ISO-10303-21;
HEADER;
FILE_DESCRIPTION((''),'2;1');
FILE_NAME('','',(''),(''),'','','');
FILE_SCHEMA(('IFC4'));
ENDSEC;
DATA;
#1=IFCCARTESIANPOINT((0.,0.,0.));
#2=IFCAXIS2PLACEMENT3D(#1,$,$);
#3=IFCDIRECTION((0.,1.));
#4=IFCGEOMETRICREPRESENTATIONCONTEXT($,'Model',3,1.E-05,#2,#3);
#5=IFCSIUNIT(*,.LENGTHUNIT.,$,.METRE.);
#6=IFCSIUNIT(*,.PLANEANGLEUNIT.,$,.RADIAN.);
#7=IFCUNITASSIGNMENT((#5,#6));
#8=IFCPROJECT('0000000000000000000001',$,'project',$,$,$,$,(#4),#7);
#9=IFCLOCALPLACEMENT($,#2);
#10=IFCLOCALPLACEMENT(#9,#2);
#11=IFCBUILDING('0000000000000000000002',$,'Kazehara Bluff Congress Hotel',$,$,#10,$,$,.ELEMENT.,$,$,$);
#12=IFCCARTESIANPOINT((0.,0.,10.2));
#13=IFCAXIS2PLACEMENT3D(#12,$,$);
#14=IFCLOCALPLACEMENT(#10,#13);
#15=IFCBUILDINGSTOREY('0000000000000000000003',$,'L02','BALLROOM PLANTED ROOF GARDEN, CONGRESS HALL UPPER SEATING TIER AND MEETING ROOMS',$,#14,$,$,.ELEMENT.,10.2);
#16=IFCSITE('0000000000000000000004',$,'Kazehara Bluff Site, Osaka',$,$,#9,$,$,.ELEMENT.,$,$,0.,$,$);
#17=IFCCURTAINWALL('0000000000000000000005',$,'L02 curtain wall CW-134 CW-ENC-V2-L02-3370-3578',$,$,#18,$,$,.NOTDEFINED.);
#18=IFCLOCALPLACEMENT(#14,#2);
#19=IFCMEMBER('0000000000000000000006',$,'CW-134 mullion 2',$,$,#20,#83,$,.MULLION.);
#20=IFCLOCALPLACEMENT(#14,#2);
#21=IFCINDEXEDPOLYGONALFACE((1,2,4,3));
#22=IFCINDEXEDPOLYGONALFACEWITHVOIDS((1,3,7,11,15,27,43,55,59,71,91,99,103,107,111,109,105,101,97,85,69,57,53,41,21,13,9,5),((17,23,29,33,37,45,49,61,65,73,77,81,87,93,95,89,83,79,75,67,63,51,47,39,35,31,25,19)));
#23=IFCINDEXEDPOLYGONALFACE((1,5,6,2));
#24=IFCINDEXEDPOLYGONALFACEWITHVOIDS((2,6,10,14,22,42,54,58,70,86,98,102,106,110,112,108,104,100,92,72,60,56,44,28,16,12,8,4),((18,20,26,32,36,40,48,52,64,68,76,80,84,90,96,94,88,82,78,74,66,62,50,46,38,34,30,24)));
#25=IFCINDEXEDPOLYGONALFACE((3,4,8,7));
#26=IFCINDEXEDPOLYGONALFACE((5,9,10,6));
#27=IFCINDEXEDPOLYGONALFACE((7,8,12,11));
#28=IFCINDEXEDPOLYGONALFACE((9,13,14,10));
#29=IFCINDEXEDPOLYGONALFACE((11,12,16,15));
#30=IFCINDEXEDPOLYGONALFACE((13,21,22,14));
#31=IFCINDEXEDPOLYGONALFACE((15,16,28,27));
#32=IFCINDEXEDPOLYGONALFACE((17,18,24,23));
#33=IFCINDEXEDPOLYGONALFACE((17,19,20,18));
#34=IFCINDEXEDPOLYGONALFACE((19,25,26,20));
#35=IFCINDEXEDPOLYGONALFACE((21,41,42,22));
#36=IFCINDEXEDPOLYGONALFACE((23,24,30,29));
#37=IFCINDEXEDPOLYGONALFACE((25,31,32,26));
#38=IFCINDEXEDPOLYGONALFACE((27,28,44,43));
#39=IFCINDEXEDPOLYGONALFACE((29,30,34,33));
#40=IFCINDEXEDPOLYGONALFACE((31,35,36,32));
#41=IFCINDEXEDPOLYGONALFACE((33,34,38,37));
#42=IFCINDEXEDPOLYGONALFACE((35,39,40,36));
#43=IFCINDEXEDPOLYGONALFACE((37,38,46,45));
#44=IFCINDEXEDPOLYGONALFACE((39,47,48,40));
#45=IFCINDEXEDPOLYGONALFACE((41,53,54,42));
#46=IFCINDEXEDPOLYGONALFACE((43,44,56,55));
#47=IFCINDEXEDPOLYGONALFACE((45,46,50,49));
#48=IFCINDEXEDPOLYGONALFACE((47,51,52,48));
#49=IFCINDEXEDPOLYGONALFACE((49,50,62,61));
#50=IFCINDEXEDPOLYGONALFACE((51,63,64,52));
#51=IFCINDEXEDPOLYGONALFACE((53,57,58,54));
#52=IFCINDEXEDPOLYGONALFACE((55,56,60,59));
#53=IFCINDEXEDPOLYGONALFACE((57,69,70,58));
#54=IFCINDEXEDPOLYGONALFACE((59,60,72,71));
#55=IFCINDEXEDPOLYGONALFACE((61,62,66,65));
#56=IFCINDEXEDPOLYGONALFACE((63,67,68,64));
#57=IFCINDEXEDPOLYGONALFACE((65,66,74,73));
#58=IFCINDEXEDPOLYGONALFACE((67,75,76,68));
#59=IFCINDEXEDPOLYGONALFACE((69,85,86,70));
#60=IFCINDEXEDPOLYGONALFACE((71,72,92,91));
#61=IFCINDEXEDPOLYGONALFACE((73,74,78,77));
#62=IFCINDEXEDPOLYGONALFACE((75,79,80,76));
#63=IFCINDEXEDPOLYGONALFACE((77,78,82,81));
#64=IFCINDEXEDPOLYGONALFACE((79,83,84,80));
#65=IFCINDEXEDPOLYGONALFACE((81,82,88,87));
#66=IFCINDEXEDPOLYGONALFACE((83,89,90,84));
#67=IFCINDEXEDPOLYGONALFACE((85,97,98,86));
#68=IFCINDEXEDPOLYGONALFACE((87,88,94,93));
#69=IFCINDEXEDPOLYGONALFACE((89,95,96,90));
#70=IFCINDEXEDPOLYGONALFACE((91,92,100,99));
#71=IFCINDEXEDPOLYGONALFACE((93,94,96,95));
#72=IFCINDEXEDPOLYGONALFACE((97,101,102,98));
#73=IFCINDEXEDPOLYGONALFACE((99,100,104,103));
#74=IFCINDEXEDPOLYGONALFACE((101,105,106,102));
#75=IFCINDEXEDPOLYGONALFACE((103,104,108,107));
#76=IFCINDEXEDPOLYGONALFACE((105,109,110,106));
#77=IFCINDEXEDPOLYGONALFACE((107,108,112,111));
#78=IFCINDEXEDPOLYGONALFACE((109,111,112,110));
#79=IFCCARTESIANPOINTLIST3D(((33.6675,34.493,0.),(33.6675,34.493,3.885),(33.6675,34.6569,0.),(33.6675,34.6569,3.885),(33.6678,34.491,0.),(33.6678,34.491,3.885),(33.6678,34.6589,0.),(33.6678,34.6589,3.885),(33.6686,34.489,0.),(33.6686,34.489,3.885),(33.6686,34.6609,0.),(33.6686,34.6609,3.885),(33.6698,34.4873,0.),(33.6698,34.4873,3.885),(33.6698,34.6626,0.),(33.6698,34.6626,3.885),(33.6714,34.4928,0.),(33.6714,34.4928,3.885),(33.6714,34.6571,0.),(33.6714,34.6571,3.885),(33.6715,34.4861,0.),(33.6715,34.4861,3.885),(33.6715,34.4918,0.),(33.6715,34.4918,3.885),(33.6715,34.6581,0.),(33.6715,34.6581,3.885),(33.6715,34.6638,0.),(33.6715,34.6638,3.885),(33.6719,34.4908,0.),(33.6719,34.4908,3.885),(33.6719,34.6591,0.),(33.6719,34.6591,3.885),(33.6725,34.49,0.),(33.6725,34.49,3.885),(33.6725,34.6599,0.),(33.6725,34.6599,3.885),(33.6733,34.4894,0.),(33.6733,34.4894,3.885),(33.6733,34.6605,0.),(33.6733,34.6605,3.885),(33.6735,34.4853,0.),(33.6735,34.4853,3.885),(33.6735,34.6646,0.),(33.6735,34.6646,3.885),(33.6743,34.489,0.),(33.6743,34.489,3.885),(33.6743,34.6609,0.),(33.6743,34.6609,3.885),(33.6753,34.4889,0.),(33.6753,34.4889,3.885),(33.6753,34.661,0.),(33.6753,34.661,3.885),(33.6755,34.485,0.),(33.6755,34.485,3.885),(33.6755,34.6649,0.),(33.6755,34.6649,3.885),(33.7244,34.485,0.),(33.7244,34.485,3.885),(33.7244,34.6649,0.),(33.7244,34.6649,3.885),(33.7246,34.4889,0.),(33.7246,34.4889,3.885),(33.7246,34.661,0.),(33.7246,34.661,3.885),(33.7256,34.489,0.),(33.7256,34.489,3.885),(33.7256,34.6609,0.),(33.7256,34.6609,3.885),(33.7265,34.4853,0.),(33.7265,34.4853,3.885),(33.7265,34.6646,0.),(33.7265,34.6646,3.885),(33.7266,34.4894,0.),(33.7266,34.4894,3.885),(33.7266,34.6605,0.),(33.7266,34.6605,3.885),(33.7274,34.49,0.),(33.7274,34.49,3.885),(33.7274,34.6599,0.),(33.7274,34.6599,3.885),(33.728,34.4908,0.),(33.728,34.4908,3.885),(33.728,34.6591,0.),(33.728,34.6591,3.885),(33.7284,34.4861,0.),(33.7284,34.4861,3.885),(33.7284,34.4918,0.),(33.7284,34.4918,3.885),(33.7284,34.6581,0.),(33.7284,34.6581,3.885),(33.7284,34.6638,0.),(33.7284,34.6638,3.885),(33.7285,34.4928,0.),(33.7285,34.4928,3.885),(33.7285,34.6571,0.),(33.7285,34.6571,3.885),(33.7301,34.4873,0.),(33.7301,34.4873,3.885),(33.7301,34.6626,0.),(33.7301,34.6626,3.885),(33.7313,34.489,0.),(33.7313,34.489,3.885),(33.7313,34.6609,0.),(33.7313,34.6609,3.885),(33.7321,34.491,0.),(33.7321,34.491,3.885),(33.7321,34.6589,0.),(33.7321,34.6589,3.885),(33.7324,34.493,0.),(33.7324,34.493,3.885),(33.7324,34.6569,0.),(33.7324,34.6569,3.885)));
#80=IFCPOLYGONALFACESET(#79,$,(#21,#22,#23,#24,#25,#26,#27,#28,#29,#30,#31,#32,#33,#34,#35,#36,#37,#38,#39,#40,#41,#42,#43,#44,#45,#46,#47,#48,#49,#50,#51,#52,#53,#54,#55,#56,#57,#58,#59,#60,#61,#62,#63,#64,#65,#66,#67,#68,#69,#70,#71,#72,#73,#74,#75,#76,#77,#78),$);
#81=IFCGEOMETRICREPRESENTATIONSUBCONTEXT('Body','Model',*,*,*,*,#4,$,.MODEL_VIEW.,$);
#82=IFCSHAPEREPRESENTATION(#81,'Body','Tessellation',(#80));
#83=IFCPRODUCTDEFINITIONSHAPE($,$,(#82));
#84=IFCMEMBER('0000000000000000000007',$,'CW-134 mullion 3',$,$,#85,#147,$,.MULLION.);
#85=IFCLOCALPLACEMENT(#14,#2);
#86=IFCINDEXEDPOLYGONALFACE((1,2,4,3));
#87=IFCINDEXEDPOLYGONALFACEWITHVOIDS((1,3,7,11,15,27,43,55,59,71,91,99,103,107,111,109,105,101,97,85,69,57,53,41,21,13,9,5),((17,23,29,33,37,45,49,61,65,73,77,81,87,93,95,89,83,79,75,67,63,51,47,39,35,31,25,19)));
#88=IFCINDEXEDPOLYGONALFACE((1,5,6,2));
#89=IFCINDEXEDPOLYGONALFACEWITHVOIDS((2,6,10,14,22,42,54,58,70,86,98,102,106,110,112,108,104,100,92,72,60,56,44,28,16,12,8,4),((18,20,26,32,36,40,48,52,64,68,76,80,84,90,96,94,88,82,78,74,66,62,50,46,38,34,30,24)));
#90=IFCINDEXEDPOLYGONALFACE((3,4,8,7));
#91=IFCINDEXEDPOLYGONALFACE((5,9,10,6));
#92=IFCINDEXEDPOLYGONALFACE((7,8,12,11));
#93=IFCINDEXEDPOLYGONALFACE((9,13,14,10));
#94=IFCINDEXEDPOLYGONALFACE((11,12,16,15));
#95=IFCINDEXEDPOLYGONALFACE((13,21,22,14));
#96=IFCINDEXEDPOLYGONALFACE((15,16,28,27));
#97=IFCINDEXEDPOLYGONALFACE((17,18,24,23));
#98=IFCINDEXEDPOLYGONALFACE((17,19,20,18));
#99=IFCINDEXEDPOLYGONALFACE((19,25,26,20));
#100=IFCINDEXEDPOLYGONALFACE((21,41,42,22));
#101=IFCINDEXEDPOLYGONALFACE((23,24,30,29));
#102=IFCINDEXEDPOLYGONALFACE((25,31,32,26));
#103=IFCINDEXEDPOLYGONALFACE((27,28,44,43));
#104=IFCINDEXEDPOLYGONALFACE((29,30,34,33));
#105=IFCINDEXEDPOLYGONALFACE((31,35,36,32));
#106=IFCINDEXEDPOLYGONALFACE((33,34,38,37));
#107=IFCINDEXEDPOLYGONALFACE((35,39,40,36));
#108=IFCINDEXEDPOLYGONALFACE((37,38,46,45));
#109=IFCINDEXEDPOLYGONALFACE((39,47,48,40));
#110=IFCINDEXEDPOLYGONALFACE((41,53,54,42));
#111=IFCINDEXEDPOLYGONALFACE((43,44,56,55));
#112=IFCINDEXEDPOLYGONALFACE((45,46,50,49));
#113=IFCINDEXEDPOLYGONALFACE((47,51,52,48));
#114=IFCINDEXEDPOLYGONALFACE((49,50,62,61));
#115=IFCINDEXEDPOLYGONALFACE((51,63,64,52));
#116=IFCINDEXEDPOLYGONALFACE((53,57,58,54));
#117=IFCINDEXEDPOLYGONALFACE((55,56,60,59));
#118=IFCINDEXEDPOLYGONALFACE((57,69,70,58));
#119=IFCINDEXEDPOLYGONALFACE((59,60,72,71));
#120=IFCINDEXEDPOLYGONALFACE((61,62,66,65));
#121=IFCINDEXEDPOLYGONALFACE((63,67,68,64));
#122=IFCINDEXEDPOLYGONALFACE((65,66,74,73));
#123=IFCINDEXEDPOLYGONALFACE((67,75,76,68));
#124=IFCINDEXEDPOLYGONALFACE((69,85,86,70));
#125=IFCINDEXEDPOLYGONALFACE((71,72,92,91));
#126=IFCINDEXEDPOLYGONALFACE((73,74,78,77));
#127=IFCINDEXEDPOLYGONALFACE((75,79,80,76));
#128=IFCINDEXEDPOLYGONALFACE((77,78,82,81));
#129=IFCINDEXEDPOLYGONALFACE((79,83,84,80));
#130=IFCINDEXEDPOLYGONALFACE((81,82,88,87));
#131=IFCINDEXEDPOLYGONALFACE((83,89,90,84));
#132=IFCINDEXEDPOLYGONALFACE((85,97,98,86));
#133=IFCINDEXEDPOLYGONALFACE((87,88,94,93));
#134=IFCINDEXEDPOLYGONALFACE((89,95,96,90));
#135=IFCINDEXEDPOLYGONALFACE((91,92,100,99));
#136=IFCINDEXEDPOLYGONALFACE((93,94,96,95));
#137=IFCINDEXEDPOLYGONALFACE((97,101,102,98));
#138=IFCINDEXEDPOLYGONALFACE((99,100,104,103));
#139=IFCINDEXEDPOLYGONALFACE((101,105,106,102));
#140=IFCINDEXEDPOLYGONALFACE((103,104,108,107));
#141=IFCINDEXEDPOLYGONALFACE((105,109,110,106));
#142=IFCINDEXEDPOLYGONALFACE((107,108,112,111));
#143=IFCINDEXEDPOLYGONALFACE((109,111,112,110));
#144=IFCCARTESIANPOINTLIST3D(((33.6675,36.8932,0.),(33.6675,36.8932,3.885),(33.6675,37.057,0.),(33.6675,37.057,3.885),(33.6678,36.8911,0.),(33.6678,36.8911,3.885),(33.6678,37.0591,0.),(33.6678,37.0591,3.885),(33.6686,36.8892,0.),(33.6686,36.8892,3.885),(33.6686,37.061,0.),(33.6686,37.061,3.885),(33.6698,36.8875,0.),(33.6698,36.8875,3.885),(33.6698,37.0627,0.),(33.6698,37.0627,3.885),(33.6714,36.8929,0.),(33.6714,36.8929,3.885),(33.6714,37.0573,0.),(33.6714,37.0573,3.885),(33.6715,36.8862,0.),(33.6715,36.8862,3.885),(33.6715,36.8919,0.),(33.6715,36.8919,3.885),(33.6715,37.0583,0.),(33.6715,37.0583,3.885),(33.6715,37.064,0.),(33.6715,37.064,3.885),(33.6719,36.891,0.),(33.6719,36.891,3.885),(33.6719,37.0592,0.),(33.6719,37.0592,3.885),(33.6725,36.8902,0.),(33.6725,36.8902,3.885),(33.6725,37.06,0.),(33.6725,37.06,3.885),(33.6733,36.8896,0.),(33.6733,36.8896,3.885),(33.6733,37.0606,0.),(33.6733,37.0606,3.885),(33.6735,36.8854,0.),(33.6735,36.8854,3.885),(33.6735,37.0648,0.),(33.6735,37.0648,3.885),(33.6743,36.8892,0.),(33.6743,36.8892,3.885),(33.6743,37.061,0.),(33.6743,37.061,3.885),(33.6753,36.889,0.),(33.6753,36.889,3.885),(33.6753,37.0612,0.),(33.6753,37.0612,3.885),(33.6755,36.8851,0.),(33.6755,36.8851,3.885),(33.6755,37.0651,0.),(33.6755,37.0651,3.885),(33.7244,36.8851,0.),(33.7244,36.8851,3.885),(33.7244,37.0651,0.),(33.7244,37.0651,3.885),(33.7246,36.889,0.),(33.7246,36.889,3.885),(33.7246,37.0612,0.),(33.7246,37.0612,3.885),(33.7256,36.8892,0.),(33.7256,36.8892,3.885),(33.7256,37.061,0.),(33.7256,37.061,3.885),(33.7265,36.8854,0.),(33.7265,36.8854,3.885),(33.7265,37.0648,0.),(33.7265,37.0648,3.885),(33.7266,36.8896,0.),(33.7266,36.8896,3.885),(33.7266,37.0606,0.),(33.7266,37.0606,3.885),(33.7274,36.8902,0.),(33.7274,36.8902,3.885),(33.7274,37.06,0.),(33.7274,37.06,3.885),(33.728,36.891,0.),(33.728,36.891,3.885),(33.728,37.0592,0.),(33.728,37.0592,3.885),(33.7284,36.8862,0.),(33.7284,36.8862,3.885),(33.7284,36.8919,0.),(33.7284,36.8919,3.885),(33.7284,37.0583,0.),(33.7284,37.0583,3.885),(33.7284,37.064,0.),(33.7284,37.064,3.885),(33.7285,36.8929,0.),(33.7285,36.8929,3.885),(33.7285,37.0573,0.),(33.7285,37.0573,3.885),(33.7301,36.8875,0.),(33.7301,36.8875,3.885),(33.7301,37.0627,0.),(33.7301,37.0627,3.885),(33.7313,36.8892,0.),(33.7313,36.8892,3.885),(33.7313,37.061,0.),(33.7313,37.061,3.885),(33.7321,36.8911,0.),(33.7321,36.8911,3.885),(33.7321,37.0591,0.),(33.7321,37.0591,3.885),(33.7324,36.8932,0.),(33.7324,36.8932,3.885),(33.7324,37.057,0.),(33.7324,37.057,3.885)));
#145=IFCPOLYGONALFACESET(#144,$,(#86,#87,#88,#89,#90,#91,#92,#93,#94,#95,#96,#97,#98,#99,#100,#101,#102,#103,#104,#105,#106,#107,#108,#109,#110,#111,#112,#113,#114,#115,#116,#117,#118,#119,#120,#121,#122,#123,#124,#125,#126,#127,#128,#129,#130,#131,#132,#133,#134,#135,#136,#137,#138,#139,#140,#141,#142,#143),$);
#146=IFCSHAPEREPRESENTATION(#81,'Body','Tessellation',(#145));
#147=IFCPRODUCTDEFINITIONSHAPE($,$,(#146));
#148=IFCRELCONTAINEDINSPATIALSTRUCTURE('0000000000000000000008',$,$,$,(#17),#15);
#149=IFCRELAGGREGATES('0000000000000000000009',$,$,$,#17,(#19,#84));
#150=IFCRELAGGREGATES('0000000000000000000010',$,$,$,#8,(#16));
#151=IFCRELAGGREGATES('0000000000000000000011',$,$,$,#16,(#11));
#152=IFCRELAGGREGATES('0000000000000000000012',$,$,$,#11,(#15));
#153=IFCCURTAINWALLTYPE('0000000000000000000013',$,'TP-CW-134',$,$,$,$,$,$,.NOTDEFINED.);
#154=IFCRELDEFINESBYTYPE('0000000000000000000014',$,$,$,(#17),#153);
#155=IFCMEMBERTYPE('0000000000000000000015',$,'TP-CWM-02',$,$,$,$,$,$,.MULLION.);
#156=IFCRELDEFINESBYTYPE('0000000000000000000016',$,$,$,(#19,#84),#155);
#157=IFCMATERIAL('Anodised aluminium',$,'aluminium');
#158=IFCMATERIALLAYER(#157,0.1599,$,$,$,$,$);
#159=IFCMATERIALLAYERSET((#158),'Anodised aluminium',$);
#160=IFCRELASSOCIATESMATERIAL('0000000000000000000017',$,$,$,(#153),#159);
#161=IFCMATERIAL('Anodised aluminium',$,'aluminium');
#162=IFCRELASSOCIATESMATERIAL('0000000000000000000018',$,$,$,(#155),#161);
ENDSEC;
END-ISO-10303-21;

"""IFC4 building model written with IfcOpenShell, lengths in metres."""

from ifc_helpers import new_model, si_unit, direction, frame, origin, origin_2d, place, context, subcontext, project, spatial, hollow_rectangle, extrude, material, layer, layer_set, material_profile, profile_set, type_object, element, aggregate, save


model = new_model("IFC4")

# Units and contexts
model_context = context("Model", 3, precision=1e-05, world=origin(), true_north=direction((0.0, 1.0)))
body_context = subcontext(model_context, "Body", "Model", "MODEL_VIEW")
ifc_project = project(units=[si_unit("LENGTHUNIT", "METRE"), si_unit("PLANEANGLEUNIT", "RADIAN")], contexts=[model_context])

# Site, building, storey
site_placement = place(None, origin())
site = spatial("IfcSite", under=ifc_project, at=site_placement, Name="Kazehara Bluff Site, Osaka", CompositionType="ELEMENT", RefElevation=0.0)
building_placement = place(site_placement, origin())
building = spatial("IfcBuilding", under=site, at=building_placement, Name="Kazehara Bluff Congress Hotel", CompositionType="ELEMENT")
storey_placement = place(building_placement, frame((0.0, 0.0, 10.2)))
storey = spatial("IfcBuildingStorey", under=building, at=storey_placement, Name="L02", Description="BALLROOM PLANTED ROOF GARDEN, CONGRESS HALL UPPER SEATING TIER AND MEETING ROOMS", CompositionType="ELEMENT", Elevation=10.2)

# Curtain wall, members
ifc_material_1 = material(Name="Anodised aluminium", Category="aluminium")
ifc_layer_1 = layer(ifc_material_1, 0.1599)
ifc_layer_set_1 = layer_set([ifc_layer_1], Name="Anodised aluminium")
curtain_wall_type_1 = type_object("IfcCurtainWallType", Name="TP-CW-134", PredefinedType="NOTDEFINED", material=ifc_layer_set_1)
curtain_wall_1_placement = place(storey_placement, origin())
curtain_wall_1 = element("IfcCurtainWall", 1, at=curtain_wall_1_placement, inside=storey, type_object=curtain_wall_type_1, Name="L02 curtain wall CW-134 CW-ENC-V2-L02-3370-3578", PredefinedType="NOTDEFINED")
ifc_material_2 = material(Name="Anodised aluminium", Category="aluminium")
ifc_material_profile_1 = material_profile(ifc_material_2, hollow_rectangle(XDim=0.0649, YDim=0.1799, WallThickness=0.0039, InnerFilletRadius=0.0039, OuterFilletRadius=0.0081, at=origin_2d()))
ifc_profile_set_1 = profile_set([ifc_material_profile_1], Name="Anodised aluminium")
member_type_1 = type_object("IfcMemberType", Name="TP-CWM-02", PredefinedType="MULLION", material=ifc_profile_set_1)
member_1_placement = place(storey_placement, frame((33.7, 34.575, 0.0), z_axis=(0.0, 0.0, 1.0), x_axis=(-1.0, 0.0, 0.0)))
member_1 = element("IfcMember", 2, at=member_1_placement, type_object=member_type_1, Name="CW-134 mullion 2", PredefinedType="MULLION", context=body_context, shape_type="SweptSolid", body=[
    extrude(hollow_rectangle(XDim=0.0649, YDim=0.1799, WallThickness=0.0039, InnerFilletRadius=0.0039, OuterFilletRadius=0.0081, at=origin_2d()), origin(), (0.0, 0.0, 1.0), 3.885),
])
member_2_placement = place(storey_placement, frame((33.7, 36.9751, 0.0), z_axis=(0.0, 0.0, 1.0), x_axis=(-1.0, 0.0, 0.0)))
member_2 = element("IfcMember", 3, at=member_2_placement, type_object=member_type_1, Name="CW-134 mullion 3", PredefinedType="MULLION", context=body_context, shape_type="SweptSolid", body=[
    extrude(hollow_rectangle(XDim=0.0649, YDim=0.1799, WallThickness=0.0039, InnerFilletRadius=0.0039, OuterFilletRadius=0.0081, at=origin_2d()), origin(), (0.0, 0.0, 1.0), 3.885),
])

aggregate(curtain_wall_1, [member_1, member_2])

save(model, "model.ifc")
